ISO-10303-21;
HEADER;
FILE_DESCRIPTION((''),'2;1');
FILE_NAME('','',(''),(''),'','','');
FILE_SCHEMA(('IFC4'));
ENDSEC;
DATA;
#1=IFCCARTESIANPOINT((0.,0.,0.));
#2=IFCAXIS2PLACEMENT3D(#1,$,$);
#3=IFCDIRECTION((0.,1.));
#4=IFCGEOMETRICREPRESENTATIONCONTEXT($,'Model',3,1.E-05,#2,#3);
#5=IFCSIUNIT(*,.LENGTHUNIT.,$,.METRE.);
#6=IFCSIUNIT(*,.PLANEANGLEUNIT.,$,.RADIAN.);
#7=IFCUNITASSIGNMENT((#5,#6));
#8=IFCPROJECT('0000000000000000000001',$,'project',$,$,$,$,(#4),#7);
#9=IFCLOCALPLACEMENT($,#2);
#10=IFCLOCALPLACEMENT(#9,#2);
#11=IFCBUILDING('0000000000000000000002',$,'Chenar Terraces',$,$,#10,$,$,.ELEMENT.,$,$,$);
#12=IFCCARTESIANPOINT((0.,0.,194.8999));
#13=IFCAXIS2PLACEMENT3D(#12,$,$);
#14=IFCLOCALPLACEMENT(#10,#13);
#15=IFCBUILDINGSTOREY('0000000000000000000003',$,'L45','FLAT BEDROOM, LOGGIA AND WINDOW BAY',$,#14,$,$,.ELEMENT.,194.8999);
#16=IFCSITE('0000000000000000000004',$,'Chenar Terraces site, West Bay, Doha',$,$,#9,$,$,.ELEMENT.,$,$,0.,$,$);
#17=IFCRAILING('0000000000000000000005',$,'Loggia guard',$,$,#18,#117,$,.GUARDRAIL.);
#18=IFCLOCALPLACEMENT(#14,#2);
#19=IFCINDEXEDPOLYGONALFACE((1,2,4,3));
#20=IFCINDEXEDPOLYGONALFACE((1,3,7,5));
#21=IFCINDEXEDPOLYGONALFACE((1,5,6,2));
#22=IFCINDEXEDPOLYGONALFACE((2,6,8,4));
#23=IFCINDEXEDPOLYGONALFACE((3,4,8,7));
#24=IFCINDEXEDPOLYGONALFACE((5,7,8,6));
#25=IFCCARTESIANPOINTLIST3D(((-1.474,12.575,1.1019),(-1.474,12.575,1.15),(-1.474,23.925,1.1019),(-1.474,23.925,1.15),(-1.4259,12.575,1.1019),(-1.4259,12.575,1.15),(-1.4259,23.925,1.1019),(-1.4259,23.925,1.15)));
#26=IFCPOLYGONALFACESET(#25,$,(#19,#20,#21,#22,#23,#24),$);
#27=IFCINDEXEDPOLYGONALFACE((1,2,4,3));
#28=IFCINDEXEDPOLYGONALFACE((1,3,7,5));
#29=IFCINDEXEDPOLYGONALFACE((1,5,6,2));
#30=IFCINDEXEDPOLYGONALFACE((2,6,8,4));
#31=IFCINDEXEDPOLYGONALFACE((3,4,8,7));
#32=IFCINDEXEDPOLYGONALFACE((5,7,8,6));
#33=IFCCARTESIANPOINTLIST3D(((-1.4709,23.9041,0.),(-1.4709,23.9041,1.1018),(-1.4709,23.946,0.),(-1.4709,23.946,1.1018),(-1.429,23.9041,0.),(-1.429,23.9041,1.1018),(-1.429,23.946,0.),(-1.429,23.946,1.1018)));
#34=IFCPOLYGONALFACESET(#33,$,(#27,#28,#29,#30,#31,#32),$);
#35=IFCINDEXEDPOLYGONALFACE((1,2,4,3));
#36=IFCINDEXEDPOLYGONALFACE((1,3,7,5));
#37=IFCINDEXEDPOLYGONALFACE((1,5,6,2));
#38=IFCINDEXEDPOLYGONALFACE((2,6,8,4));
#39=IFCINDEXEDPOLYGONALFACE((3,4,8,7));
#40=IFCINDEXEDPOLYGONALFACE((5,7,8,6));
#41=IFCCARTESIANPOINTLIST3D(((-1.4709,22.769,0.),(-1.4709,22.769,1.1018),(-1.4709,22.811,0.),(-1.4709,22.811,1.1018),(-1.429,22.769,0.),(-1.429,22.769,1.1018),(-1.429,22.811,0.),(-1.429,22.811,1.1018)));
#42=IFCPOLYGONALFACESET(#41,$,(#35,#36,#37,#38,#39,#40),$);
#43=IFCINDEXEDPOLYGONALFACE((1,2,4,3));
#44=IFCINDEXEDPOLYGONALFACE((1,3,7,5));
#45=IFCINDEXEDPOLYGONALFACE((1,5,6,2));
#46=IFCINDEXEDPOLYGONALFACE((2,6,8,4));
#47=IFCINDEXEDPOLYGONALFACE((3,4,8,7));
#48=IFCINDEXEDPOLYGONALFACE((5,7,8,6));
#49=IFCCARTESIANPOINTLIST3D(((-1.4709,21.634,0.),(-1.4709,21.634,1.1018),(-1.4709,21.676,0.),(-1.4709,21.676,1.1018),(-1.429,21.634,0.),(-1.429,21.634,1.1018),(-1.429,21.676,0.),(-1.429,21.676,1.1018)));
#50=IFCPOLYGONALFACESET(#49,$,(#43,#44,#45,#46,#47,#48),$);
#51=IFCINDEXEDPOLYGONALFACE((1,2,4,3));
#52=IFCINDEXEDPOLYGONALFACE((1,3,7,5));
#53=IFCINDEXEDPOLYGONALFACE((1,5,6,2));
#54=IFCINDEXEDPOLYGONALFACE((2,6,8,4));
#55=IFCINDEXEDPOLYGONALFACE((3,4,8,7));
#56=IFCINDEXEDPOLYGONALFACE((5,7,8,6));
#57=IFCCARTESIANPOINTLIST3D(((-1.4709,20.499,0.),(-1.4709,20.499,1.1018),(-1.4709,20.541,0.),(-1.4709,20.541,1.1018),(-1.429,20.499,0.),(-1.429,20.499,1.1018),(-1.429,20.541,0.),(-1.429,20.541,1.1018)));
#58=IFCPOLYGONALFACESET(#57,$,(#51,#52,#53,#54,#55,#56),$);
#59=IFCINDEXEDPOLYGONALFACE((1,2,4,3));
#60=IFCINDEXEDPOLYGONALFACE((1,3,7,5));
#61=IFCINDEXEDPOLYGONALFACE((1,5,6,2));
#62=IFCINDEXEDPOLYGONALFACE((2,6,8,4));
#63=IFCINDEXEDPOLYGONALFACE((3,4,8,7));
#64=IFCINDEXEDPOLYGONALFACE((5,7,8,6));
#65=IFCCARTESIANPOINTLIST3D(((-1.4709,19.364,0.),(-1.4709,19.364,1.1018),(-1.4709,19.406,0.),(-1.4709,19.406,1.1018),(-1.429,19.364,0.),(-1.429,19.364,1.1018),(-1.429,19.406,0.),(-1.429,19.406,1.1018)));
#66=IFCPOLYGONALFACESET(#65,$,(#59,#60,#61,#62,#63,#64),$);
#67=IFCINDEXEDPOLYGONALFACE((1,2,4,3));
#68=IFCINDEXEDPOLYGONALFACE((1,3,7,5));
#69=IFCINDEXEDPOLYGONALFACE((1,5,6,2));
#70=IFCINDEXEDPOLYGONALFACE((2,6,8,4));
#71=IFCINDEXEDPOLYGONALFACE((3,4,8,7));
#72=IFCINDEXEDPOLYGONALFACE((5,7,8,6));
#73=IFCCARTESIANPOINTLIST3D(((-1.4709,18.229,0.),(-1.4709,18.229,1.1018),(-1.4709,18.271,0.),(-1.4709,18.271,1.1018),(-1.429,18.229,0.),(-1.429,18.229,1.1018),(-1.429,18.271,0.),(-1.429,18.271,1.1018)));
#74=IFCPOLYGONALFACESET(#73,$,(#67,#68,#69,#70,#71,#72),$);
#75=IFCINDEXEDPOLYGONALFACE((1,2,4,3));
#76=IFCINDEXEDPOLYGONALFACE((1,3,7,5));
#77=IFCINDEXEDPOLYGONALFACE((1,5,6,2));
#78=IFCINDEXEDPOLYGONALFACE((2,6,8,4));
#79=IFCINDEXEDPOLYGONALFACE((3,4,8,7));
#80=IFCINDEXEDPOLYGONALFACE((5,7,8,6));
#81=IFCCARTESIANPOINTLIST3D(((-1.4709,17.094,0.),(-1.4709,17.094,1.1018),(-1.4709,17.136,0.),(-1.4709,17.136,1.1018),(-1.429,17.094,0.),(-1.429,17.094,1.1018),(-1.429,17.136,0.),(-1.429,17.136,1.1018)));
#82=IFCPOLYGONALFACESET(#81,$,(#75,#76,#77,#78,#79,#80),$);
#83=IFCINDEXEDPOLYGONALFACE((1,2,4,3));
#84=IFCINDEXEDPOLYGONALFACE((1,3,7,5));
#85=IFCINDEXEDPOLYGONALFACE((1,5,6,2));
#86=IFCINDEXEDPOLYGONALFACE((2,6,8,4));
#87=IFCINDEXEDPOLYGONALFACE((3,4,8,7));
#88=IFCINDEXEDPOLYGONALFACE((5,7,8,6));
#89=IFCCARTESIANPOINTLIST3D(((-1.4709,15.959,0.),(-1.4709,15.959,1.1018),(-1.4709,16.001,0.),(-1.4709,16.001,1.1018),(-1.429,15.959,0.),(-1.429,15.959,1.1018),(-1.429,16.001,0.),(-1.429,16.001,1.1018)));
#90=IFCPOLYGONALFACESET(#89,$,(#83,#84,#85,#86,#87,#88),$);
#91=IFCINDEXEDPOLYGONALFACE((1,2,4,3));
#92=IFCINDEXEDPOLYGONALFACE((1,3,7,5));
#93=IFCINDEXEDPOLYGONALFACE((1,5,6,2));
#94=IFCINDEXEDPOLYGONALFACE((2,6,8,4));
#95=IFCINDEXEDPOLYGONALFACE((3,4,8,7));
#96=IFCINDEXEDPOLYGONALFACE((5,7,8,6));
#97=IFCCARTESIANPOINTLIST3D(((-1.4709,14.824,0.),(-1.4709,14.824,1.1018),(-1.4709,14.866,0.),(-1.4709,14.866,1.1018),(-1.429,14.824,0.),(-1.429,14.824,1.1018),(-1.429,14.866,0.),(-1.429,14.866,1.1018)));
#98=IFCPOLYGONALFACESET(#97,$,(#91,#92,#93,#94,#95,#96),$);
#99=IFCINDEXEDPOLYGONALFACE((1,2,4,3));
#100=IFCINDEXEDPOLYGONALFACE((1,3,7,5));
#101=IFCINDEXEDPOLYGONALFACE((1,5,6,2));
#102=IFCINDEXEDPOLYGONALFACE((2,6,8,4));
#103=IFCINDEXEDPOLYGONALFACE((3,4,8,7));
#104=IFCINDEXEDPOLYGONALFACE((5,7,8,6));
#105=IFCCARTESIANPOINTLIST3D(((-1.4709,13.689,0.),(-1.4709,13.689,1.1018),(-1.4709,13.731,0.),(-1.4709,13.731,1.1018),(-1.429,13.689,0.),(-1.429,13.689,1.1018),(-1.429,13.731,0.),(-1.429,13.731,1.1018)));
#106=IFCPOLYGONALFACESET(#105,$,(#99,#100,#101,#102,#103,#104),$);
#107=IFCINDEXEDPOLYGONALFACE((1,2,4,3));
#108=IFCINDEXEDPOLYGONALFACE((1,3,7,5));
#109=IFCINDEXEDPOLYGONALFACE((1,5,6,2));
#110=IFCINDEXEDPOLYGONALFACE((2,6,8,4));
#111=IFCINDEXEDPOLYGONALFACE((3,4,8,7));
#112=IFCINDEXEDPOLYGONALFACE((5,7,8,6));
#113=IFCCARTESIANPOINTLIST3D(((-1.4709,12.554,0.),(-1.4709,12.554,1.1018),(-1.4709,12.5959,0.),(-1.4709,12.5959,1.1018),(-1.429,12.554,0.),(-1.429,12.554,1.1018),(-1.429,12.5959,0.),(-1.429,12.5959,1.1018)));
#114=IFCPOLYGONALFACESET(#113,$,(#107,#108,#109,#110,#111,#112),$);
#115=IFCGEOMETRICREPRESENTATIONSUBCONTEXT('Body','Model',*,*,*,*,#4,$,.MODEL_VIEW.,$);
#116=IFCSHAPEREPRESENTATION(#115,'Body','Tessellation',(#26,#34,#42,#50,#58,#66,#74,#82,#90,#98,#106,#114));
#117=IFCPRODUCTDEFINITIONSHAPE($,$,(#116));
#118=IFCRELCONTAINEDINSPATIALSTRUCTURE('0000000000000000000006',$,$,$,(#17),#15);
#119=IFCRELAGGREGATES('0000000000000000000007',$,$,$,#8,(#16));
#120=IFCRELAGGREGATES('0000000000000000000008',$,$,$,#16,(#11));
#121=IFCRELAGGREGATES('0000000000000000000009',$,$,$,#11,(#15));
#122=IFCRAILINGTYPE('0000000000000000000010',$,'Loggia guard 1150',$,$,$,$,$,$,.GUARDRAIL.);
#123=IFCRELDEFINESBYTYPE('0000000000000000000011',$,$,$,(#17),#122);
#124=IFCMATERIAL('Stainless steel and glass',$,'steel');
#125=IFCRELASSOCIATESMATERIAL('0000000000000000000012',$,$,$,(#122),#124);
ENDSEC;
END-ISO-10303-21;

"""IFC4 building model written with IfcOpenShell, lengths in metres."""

from ifc_helpers import new_model, si_unit, direction, frame, origin, origin_2d, place, context, subcontext, project, spatial, rectangle, extrude, material, type_object, element, save


model = new_model("IFC4")

# Units and contexts
model_context = context("Model", 3, precision=1e-05, world=origin(), true_north=direction((0.0, 1.0)))
body_context = subcontext(model_context, "Body", "Model", "MODEL_VIEW")
ifc_project = project(units=[si_unit("LENGTHUNIT", "METRE"), si_unit("PLANEANGLEUNIT", "RADIAN")], contexts=[model_context])

# Site, building, storey
site_placement = place(None, origin())
site = spatial("IfcSite", under=ifc_project, at=site_placement, Name="Chenar Terraces site, West Bay, Doha", CompositionType="ELEMENT", RefElevation=0.0)
building_placement = place(site_placement, origin())
building = spatial("IfcBuilding", under=site, at=building_placement, Name="Chenar Terraces", CompositionType="ELEMENT")
storey_placement = place(building_placement, frame((0.0, 0.0, 194.8999)))
storey = spatial("IfcBuildingStorey", under=building, at=storey_placement, Name="L45", Description="FLAT BEDROOM, LOGGIA AND WINDOW BAY", CompositionType="ELEMENT", Elevation=194.8999)

# Railing
ifc_material_1 = material(Name="Stainless steel and glass", Category="steel")
railing_type_1 = type_object("IfcRailingType", Name="Loggia guard 1150", PredefinedType="GUARDRAIL", material=ifc_material_1)
railing_1_placement = place(storey_placement, frame((-1.45, 23.925, 0.0)))
element("IfcRailing", 1, at=railing_1_placement, inside=storey, type_object=railing_type_1, Name="Loggia guard", PredefinedType="GUARDRAIL", context=body_context, shape_type="SweptSolid", body=[
    extrude(rectangle(XDim=0.0481, YDim=0.0481, at=origin_2d()), frame((0.0, 0.0, 1.126), z_axis=(0.0, -1.0, 0.0), x_axis=(1.0, 0.0, 0.0)), (0.0, 0.0, 1.0), 11.3501),
    extrude(rectangle(XDim=0.042, YDim=0.042, at=origin_2d()), origin(), (0.0, 0.0, 1.0), 1.1018),
    extrude(rectangle(XDim=0.042, YDim=0.042, at=origin_2d()), frame((0.0, -1.135, 0.0)), (0.0, 0.0, 1.0), 1.1018),
    extrude(rectangle(XDim=0.042, YDim=0.042, at=origin_2d()), frame((0.0, -2.27, 0.0)), (0.0, 0.0, 1.0), 1.1018),
    extrude(rectangle(XDim=0.042, YDim=0.042, at=origin_2d()), frame((0.0, -3.405, 0.0)), (0.0, 0.0, 1.0), 1.1018),
    extrude(rectangle(XDim=0.042, YDim=0.042, at=origin_2d()), frame((0.0, -4.54, 0.0)), (0.0, 0.0, 1.0), 1.1018),
    extrude(rectangle(XDim=0.042, YDim=0.042, at=origin_2d()), frame((0.0, -5.675, 0.0)), (0.0, 0.0, 1.0), 1.1018),
    extrude(rectangle(XDim=0.042, YDim=0.042, at=origin_2d()), frame((0.0, -6.8101, 0.0)), (0.0, 0.0, 1.0), 1.1018),
    extrude(rectangle(XDim=0.042, YDim=0.042, at=origin_2d()), frame((0.0, -7.9451, 0.0)), (0.0, 0.0, 1.0), 1.1018),
    extrude(rectangle(XDim=0.042, YDim=0.042, at=origin_2d()), frame((0.0, -9.0801, 0.0)), (0.0, 0.0, 1.0), 1.1018),
    extrude(rectangle(XDim=0.042, YDim=0.042, at=origin_2d()), frame((0.0, -10.2151, 0.0)), (0.0, 0.0, 1.0), 1.1018),
    extrude(rectangle(XDim=0.042, YDim=0.042, at=origin_2d()), frame((0.0, -11.3501, 0.0)), (0.0, 0.0, 1.0), 1.1018),
])

save(model, "model.ifc")
